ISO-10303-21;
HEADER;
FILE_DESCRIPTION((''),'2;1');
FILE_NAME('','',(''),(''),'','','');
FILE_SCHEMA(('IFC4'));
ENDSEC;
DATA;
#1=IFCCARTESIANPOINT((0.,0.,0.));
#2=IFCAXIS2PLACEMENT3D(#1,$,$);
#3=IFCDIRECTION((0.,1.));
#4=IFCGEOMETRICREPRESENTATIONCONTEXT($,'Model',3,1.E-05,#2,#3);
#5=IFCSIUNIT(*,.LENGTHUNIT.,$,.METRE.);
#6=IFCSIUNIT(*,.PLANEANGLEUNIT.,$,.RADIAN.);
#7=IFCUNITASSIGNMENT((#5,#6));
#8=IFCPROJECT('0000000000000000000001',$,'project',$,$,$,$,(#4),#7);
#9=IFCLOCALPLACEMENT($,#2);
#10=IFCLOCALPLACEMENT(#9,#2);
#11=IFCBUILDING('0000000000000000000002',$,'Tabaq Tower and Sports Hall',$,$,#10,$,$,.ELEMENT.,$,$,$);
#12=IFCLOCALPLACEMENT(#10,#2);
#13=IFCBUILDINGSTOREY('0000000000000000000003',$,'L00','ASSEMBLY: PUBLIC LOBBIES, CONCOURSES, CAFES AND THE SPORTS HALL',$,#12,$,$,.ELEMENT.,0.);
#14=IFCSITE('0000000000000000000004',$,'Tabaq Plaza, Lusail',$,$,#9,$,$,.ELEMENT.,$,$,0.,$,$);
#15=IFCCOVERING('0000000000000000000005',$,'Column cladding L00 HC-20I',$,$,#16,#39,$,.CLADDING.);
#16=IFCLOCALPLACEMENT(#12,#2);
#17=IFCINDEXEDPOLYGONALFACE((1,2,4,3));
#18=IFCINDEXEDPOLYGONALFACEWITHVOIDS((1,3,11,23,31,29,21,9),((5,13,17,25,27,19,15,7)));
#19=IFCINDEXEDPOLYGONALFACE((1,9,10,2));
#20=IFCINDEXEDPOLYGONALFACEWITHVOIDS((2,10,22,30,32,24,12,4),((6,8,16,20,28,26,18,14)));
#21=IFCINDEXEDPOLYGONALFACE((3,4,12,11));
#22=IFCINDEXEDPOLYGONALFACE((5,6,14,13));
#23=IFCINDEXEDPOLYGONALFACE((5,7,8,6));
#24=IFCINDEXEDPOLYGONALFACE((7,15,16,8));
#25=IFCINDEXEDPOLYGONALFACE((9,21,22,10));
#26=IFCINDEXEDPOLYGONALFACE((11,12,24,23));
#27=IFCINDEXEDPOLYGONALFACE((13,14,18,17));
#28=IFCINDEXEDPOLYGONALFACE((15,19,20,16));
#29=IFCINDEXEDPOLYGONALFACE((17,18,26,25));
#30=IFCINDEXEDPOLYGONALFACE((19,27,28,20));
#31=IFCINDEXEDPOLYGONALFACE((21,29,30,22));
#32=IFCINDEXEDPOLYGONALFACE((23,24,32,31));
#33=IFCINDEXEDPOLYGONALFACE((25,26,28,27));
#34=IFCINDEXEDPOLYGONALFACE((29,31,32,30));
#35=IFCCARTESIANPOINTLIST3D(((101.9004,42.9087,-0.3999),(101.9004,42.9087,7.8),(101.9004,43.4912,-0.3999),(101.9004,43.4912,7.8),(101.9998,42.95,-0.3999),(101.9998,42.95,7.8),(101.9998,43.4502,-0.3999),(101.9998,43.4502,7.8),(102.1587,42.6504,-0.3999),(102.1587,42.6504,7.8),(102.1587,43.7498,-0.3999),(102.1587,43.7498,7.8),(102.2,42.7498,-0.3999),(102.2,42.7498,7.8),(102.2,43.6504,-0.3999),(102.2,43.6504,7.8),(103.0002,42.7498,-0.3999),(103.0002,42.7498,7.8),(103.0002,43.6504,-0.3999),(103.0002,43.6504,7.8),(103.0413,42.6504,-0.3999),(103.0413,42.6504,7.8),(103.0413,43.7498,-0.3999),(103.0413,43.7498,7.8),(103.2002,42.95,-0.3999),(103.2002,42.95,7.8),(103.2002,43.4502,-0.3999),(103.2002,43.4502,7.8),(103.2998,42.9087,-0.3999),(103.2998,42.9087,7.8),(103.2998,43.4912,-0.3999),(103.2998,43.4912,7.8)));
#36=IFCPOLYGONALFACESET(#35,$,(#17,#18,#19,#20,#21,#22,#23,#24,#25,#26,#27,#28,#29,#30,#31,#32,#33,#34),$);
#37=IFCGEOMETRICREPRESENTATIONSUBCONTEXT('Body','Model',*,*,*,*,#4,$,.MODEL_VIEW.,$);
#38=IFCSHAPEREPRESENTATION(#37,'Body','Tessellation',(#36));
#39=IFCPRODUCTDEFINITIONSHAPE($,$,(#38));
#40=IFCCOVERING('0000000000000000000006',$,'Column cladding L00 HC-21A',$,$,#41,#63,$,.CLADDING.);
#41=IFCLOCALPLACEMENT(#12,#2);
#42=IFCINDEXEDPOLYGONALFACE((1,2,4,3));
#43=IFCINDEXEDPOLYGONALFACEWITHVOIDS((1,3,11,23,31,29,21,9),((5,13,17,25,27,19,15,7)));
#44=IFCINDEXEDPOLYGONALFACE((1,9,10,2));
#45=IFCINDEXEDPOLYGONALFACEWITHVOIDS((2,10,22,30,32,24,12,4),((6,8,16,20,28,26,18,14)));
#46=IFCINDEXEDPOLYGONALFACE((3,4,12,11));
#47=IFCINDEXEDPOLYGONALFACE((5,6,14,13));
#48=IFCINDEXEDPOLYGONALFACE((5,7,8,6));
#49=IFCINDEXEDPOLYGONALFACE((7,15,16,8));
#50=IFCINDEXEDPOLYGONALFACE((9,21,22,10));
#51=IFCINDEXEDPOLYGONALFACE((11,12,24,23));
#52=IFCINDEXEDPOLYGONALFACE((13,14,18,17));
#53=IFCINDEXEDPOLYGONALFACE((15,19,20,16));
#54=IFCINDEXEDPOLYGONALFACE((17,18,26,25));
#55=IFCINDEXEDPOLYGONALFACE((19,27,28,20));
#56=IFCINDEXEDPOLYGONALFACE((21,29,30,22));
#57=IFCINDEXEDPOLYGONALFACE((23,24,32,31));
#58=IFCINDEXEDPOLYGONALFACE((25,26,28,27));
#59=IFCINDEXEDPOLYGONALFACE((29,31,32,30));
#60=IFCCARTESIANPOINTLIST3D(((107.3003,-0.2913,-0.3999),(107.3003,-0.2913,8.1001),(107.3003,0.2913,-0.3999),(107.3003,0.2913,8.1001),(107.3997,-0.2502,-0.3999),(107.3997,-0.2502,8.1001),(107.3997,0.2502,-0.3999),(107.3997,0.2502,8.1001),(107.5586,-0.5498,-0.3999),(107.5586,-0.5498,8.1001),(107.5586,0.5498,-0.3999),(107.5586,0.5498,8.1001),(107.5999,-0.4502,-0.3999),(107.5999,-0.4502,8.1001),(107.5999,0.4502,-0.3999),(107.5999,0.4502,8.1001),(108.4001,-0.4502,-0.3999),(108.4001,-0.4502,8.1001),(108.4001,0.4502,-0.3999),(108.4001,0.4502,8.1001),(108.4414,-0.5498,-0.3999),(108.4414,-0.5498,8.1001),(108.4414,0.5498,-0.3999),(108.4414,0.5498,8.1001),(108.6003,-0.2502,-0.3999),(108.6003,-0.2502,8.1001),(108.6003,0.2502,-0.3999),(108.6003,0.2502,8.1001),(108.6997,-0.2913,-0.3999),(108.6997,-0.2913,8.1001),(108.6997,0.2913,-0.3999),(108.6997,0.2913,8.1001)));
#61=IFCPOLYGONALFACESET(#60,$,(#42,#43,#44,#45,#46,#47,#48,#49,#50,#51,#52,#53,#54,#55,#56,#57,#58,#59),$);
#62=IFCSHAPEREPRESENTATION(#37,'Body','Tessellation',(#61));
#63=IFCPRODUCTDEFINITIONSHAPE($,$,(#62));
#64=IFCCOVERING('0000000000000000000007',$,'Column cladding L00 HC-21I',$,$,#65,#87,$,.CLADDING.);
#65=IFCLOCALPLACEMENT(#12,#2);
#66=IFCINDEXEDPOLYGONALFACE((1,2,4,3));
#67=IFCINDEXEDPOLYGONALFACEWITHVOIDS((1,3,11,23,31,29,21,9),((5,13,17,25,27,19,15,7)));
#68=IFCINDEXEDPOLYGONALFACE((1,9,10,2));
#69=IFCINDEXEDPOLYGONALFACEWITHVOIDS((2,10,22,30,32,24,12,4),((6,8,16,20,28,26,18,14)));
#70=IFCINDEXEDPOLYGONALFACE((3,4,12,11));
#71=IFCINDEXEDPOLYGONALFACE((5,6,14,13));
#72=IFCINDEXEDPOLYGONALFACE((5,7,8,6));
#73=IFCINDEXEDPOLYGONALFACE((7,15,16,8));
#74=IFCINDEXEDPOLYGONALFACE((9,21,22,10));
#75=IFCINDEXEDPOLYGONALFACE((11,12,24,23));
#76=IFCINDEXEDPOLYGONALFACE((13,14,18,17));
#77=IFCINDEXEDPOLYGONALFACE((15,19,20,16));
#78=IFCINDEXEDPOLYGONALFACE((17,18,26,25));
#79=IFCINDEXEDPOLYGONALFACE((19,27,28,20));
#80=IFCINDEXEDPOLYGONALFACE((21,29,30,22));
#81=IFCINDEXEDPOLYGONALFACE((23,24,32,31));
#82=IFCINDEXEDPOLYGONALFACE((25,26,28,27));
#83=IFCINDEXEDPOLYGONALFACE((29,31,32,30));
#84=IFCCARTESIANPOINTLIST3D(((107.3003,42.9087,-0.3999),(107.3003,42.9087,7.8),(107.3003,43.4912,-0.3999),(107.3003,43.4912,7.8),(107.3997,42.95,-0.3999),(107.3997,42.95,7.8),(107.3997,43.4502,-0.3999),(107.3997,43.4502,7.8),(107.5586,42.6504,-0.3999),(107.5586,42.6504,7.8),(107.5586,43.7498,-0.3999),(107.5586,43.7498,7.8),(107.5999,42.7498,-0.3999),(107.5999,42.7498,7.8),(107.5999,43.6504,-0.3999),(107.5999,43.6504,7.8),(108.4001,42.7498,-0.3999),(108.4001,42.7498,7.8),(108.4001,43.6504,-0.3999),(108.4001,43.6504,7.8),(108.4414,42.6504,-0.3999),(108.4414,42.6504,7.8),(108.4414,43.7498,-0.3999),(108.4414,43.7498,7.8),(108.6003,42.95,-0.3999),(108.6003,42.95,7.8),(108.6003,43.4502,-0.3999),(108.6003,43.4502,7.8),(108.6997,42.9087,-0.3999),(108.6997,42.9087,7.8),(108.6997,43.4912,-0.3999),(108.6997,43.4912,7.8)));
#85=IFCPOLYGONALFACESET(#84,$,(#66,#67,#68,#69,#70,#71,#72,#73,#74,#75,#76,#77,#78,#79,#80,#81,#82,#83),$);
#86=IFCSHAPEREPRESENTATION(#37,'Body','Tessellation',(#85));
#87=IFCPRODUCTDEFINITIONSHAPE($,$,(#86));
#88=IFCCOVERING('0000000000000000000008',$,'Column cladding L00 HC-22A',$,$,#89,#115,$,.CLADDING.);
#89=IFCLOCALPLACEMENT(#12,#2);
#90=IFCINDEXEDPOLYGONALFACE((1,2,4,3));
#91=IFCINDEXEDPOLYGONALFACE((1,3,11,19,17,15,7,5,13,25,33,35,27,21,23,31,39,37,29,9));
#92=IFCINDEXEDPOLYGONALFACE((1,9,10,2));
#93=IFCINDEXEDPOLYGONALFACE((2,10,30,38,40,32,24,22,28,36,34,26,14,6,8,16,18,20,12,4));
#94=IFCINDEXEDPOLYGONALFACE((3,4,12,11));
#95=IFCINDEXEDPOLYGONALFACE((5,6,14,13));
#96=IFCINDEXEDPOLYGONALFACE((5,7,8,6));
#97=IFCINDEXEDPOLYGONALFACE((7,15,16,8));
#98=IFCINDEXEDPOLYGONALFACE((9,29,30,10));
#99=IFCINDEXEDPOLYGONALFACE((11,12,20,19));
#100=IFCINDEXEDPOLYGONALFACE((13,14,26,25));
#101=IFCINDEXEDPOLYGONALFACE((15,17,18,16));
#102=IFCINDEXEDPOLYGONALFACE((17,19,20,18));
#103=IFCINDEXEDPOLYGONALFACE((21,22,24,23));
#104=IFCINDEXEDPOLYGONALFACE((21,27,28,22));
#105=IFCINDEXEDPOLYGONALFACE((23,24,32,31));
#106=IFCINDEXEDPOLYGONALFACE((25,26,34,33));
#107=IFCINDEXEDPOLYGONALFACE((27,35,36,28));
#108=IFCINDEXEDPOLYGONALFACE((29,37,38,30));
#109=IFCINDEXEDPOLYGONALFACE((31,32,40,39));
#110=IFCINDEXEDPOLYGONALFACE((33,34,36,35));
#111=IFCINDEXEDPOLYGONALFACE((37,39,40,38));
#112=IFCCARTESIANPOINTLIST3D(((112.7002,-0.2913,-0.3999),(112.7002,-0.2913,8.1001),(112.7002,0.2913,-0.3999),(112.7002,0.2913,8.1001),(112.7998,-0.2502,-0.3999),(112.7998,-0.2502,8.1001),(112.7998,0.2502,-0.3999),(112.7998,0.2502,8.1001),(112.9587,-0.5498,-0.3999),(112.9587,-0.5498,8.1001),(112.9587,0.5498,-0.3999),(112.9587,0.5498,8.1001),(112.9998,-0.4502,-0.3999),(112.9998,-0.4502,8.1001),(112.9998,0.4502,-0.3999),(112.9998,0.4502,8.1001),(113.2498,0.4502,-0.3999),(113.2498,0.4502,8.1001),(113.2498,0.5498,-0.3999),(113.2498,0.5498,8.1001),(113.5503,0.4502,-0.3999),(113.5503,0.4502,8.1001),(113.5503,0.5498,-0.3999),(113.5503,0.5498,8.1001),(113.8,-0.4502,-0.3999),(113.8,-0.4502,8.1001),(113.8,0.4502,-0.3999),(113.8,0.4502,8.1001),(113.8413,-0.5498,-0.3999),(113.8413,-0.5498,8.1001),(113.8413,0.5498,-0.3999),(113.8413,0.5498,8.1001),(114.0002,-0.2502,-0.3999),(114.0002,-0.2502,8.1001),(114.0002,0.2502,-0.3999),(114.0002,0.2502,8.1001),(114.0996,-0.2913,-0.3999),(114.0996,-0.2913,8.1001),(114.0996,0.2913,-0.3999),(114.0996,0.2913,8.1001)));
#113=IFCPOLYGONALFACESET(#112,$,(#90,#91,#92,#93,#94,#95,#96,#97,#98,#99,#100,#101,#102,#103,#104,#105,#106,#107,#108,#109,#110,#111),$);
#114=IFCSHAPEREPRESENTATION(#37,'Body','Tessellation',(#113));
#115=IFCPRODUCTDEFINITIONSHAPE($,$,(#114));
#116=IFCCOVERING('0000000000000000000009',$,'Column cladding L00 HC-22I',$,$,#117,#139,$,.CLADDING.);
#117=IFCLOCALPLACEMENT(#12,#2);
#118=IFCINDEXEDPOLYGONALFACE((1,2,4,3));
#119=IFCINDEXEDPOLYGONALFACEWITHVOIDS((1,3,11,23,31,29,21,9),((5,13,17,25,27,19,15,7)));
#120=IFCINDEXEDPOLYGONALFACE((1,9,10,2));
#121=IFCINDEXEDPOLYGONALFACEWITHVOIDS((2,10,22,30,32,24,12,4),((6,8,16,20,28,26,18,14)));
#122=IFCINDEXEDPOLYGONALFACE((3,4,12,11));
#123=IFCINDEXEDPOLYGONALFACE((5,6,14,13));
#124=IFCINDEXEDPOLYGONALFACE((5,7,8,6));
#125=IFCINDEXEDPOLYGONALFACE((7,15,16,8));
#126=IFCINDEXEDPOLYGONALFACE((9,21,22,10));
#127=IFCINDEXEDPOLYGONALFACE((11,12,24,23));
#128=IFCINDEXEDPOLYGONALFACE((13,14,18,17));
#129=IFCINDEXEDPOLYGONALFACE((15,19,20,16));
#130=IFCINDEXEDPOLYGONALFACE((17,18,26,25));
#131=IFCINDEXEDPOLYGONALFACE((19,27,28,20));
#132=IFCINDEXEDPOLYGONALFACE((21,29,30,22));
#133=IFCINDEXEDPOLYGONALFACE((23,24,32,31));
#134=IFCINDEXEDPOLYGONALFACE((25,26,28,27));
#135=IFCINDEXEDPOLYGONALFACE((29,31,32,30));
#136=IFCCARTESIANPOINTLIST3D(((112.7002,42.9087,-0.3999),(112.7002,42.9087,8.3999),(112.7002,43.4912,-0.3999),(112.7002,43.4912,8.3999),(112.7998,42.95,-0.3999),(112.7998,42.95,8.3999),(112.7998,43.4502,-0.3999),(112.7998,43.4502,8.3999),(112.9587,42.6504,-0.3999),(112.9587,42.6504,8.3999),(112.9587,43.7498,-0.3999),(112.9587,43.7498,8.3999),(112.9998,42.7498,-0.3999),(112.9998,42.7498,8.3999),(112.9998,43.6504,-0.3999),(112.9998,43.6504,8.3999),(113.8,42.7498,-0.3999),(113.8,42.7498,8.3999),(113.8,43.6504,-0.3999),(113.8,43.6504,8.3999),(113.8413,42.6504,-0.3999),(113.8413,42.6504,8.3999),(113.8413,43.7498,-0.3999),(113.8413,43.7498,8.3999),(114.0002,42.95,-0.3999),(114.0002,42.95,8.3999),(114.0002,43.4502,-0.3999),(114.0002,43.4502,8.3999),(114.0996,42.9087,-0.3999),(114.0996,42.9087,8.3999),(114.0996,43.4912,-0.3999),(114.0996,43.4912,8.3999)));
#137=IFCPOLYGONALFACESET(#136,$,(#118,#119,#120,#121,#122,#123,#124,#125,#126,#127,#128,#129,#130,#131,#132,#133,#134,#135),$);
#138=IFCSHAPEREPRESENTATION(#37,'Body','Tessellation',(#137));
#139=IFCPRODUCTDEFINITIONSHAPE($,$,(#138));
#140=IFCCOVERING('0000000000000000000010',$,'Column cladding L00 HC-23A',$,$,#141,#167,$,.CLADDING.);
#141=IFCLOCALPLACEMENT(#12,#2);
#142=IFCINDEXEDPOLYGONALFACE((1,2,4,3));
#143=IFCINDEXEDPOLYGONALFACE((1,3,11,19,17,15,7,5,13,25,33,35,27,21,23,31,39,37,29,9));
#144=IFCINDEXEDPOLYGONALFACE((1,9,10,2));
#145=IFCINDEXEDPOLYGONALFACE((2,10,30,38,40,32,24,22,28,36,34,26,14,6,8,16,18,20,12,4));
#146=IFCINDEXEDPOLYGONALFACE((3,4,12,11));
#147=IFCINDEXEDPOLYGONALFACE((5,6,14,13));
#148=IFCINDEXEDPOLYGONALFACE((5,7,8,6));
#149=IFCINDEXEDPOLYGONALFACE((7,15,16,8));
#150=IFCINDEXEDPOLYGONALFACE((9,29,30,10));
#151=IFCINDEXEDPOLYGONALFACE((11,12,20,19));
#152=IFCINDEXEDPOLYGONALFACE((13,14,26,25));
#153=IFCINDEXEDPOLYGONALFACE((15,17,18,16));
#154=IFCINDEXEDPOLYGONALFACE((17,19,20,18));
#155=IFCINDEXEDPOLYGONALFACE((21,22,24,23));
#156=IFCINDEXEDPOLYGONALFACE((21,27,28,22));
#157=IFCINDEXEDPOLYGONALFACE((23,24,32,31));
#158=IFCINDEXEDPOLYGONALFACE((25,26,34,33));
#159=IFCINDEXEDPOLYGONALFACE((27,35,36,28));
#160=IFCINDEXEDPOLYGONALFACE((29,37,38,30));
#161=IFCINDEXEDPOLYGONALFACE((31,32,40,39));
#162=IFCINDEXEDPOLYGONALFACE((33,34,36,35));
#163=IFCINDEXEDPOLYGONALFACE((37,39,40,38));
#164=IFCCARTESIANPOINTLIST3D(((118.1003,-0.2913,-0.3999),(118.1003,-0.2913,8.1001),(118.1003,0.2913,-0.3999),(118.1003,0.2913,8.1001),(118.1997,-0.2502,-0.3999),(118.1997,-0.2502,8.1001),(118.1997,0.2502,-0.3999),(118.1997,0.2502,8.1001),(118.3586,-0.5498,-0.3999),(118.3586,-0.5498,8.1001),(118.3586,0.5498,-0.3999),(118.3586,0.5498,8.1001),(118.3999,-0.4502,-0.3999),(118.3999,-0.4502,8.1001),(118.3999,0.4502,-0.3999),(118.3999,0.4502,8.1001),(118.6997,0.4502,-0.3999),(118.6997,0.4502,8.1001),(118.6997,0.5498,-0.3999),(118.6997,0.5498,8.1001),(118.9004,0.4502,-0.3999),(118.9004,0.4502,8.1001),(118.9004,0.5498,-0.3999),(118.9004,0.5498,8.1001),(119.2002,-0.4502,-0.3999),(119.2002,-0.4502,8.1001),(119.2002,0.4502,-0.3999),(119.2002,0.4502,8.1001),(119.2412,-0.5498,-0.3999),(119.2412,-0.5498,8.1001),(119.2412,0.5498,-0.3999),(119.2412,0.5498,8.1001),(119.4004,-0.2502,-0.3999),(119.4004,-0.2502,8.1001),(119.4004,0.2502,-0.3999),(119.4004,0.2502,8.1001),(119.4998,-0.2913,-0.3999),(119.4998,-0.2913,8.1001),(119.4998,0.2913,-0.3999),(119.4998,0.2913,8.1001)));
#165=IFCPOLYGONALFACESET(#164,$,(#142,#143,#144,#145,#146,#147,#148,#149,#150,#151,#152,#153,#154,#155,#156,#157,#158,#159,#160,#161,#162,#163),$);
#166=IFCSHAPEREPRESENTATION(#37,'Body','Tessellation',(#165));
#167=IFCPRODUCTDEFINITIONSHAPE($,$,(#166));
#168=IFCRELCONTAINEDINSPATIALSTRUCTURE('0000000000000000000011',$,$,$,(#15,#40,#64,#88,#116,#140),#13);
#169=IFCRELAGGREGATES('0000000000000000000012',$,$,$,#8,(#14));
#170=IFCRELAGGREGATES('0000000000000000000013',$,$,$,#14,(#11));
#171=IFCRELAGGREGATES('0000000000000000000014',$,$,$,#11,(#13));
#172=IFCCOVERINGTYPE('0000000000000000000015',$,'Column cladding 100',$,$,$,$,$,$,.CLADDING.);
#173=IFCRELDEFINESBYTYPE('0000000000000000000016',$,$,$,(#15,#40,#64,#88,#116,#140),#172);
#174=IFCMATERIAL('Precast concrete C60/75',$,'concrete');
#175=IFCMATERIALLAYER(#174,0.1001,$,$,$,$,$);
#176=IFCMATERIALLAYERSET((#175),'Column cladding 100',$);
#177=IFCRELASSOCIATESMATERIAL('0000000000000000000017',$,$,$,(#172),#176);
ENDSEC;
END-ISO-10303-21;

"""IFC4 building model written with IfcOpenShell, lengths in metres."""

from ifc_helpers import new_model, si_unit, direction, frame, origin, place, context, subcontext, project, spatial, polyline, outline, extrude, material, layer, layer_set, type_object, element, save


model = new_model("IFC4")

# Units and contexts
model_context = context("Model", 3, precision=1e-05, world=origin(), true_north=direction((0.0, 1.0)))
body_context = subcontext(model_context, "Body", "Model", "MODEL_VIEW")
ifc_project = project(units=[si_unit("LENGTHUNIT", "METRE"), si_unit("PLANEANGLEUNIT", "RADIAN")], contexts=[model_context])

# Site, building, storey
site_placement = place(None, origin())
site = spatial("IfcSite", under=ifc_project, at=site_placement, Name="Tabaq Plaza, Lusail", CompositionType="ELEMENT", RefElevation=0.0)
building_placement = place(site_placement, origin())
building = spatial("IfcBuilding", under=site, at=building_placement, Name="Tabaq Tower and Sports Hall", CompositionType="ELEMENT")
storey_placement = place(building_placement, origin())
storey = spatial("IfcBuildingStorey", under=building, at=storey_placement, Name="L00", Description="ASSEMBLY: PUBLIC LOBBIES, CONCOURSES, CAFES AND THE SPORTS HALL", CompositionType="ELEMENT", Elevation=0.0)

# Coverings
ifc_material = material(Name="Precast concrete C60/75", Category="concrete")
ifc_layer = layer(ifc_material, 0.1001)
ifc_layer_set = layer_set([ifc_layer], Name="Column cladding 100")
covering_type = type_object("IfcCoveringType", Name="Column cladding 100", PredefinedType="CLADDING", material=ifc_layer_set)
covering_1_placement = place(storey_placement, frame((0.0, 0.0, -0.3999)))
element("IfcCovering", 1, at=covering_1_placement, inside=storey, type_object=covering_type, Name="Column cladding L00 HC-20I", PredefinedType="CLADDING", context=body_context, shape_type="SweptSolid", body=[
    extrude(outline(polyline([(101.9004, 42.9087), (101.9004, 43.4912), (102.1587, 43.7498), (103.0413, 43.7498), (103.2998, 43.4912), (103.2998, 42.9087), (103.0413, 42.6504), (102.1587, 42.6504), (101.9004, 42.9087)]), holes=[polyline([(103.0002, 42.7498), (103.2002, 42.95), (103.2002, 43.4502), (103.0002, 43.6504), (102.2, 43.6504), (101.9998, 43.4502), (101.9998, 42.95), (102.2, 42.7498), (103.0002, 42.7498)])]), origin(), (0.0, 0.0, 1.0), 8.2),
])
covering_2_placement = place(storey_placement, frame((0.0, 0.0, -0.3999)))
element("IfcCovering", 2, at=covering_2_placement, inside=storey, type_object=covering_type, Name="Column cladding L00 HC-21A", PredefinedType="CLADDING", context=body_context, shape_type="SweptSolid", body=[
    extrude(outline(polyline([(107.3003, -0.2913), (107.3003, 0.2913), (107.5586, 0.5498), (108.4414, 0.5498), (108.6997, 0.2913), (108.6997, -0.2913), (108.4414, -0.5498), (107.5586, -0.5498), (107.3003, -0.2913)]), holes=[polyline([(108.4001, -0.4502), (108.6003, -0.2502), (108.6003, 0.2502), (108.4001, 0.4502), (107.5999, 0.4502), (107.3997, 0.2502), (107.3997, -0.2502), (107.5999, -0.4502), (108.4001, -0.4502)])]), origin(), (0.0, 0.0, 1.0), 8.5),
])
covering_3_placement = place(storey_placement, frame((0.0, 0.0, -0.3999)))
element("IfcCovering", 3, at=covering_3_placement, inside=storey, type_object=covering_type, Name="Column cladding L00 HC-21I", PredefinedType="CLADDING", context=body_context, shape_type="SweptSolid", body=[
    extrude(outline(polyline([(107.3003, 42.9087), (107.3003, 43.4912), (107.5586, 43.7498), (108.4414, 43.7498), (108.6997, 43.4912), (108.6997, 42.9087), (108.4414, 42.6504), (107.5586, 42.6504), (107.3003, 42.9087)]), holes=[polyline([(108.4001, 42.7498), (108.6003, 42.95), (108.6003, 43.4502), (108.4001, 43.6504), (107.5999, 43.6504), (107.3997, 43.4502), (107.3997, 42.95), (107.5999, 42.7498), (108.4001, 42.7498)])]), origin(), (0.0, 0.0, 1.0), 8.2),
])
covering_4_placement = place(storey_placement, frame((0.0, 0.0, -0.3999)))
element("IfcCovering", 4, at=covering_4_placement, inside=storey, type_object=covering_type, Name="Column cladding L00 HC-22A", PredefinedType="CLADDING", context=body_context, shape_type="SweptSolid", body=[
    extrude(outline(polyline([(112.7002, 0.2913), (112.9587, 0.5498), (113.2498, 0.5498), (113.2498, 0.4502), (112.9998, 0.4502), (112.7998, 0.2502), (112.7998, -0.2502), (112.9998, -0.4502), (113.8, -0.4502), (114.0002, -0.2502), (114.0002, 0.2502), (113.8, 0.4502), (113.5503, 0.4502), (113.5503, 0.5498), (113.8413, 0.5498), (114.0996, 0.2913), (114.0996, -0.2913), (113.8413, -0.5498), (112.9587, -0.5498), (112.7002, -0.2913), (112.7002, 0.2913)])), origin(), (0.0, 0.0, 1.0), 8.5),
])
covering_5_placement = place(storey_placement, frame((0.0, 0.0, -0.3999)))
element("IfcCovering", 5, at=covering_5_placement, inside=storey, type_object=covering_type, Name="Column cladding L00 HC-22I", PredefinedType="CLADDING", context=body_context, shape_type="SweptSolid", body=[
    extrude(outline(polyline([(112.7002, 42.9087), (112.7002, 43.4912), (112.9587, 43.7498), (113.8413, 43.7498), (114.0996, 43.4912), (114.0996, 42.9087), (113.8413, 42.6504), (112.9587, 42.6504), (112.7002, 42.9087)]), holes=[polyline([(113.8, 42.7498), (114.0002, 42.95), (114.0002, 43.4502), (113.8, 43.6504), (112.9998, 43.6504), (112.7998, 43.4502), (112.7998, 42.95), (112.9998, 42.7498), (113.8, 42.7498)])]), origin(), (0.0, 0.0, 1.0), 8.7998),
])
covering_6_placement = place(storey_placement, frame((0.0, 0.0, -0.3999)))
element("IfcCovering", 6, at=covering_6_placement, inside=storey, type_object=covering_type, Name="Column cladding L00 HC-23A", PredefinedType="CLADDING", context=body_context, shape_type="SweptSolid", body=[
    extrude(outline(polyline([(118.1003, 0.2913), (118.3586, 0.5498), (118.6997, 0.5498), (118.6997, 0.4502), (118.3999, 0.4502), (118.1997, 0.2502), (118.1997, -0.2502), (118.3999, -0.4502), (119.2002, -0.4502), (119.4004, -0.2502), (119.4004, 0.2502), (119.2002, 0.4502), (118.9004, 0.4502), (118.9004, 0.5498), (119.2412, 0.5498), (119.4998, 0.2913), (119.4998, -0.2913), (119.2412, -0.5498), (118.3586, -0.5498), (118.1003, -0.2913), (118.1003, 0.2913)])), origin(), (0.0, 0.0, 1.0), 8.5),
])

save(model, "model.ifc")
